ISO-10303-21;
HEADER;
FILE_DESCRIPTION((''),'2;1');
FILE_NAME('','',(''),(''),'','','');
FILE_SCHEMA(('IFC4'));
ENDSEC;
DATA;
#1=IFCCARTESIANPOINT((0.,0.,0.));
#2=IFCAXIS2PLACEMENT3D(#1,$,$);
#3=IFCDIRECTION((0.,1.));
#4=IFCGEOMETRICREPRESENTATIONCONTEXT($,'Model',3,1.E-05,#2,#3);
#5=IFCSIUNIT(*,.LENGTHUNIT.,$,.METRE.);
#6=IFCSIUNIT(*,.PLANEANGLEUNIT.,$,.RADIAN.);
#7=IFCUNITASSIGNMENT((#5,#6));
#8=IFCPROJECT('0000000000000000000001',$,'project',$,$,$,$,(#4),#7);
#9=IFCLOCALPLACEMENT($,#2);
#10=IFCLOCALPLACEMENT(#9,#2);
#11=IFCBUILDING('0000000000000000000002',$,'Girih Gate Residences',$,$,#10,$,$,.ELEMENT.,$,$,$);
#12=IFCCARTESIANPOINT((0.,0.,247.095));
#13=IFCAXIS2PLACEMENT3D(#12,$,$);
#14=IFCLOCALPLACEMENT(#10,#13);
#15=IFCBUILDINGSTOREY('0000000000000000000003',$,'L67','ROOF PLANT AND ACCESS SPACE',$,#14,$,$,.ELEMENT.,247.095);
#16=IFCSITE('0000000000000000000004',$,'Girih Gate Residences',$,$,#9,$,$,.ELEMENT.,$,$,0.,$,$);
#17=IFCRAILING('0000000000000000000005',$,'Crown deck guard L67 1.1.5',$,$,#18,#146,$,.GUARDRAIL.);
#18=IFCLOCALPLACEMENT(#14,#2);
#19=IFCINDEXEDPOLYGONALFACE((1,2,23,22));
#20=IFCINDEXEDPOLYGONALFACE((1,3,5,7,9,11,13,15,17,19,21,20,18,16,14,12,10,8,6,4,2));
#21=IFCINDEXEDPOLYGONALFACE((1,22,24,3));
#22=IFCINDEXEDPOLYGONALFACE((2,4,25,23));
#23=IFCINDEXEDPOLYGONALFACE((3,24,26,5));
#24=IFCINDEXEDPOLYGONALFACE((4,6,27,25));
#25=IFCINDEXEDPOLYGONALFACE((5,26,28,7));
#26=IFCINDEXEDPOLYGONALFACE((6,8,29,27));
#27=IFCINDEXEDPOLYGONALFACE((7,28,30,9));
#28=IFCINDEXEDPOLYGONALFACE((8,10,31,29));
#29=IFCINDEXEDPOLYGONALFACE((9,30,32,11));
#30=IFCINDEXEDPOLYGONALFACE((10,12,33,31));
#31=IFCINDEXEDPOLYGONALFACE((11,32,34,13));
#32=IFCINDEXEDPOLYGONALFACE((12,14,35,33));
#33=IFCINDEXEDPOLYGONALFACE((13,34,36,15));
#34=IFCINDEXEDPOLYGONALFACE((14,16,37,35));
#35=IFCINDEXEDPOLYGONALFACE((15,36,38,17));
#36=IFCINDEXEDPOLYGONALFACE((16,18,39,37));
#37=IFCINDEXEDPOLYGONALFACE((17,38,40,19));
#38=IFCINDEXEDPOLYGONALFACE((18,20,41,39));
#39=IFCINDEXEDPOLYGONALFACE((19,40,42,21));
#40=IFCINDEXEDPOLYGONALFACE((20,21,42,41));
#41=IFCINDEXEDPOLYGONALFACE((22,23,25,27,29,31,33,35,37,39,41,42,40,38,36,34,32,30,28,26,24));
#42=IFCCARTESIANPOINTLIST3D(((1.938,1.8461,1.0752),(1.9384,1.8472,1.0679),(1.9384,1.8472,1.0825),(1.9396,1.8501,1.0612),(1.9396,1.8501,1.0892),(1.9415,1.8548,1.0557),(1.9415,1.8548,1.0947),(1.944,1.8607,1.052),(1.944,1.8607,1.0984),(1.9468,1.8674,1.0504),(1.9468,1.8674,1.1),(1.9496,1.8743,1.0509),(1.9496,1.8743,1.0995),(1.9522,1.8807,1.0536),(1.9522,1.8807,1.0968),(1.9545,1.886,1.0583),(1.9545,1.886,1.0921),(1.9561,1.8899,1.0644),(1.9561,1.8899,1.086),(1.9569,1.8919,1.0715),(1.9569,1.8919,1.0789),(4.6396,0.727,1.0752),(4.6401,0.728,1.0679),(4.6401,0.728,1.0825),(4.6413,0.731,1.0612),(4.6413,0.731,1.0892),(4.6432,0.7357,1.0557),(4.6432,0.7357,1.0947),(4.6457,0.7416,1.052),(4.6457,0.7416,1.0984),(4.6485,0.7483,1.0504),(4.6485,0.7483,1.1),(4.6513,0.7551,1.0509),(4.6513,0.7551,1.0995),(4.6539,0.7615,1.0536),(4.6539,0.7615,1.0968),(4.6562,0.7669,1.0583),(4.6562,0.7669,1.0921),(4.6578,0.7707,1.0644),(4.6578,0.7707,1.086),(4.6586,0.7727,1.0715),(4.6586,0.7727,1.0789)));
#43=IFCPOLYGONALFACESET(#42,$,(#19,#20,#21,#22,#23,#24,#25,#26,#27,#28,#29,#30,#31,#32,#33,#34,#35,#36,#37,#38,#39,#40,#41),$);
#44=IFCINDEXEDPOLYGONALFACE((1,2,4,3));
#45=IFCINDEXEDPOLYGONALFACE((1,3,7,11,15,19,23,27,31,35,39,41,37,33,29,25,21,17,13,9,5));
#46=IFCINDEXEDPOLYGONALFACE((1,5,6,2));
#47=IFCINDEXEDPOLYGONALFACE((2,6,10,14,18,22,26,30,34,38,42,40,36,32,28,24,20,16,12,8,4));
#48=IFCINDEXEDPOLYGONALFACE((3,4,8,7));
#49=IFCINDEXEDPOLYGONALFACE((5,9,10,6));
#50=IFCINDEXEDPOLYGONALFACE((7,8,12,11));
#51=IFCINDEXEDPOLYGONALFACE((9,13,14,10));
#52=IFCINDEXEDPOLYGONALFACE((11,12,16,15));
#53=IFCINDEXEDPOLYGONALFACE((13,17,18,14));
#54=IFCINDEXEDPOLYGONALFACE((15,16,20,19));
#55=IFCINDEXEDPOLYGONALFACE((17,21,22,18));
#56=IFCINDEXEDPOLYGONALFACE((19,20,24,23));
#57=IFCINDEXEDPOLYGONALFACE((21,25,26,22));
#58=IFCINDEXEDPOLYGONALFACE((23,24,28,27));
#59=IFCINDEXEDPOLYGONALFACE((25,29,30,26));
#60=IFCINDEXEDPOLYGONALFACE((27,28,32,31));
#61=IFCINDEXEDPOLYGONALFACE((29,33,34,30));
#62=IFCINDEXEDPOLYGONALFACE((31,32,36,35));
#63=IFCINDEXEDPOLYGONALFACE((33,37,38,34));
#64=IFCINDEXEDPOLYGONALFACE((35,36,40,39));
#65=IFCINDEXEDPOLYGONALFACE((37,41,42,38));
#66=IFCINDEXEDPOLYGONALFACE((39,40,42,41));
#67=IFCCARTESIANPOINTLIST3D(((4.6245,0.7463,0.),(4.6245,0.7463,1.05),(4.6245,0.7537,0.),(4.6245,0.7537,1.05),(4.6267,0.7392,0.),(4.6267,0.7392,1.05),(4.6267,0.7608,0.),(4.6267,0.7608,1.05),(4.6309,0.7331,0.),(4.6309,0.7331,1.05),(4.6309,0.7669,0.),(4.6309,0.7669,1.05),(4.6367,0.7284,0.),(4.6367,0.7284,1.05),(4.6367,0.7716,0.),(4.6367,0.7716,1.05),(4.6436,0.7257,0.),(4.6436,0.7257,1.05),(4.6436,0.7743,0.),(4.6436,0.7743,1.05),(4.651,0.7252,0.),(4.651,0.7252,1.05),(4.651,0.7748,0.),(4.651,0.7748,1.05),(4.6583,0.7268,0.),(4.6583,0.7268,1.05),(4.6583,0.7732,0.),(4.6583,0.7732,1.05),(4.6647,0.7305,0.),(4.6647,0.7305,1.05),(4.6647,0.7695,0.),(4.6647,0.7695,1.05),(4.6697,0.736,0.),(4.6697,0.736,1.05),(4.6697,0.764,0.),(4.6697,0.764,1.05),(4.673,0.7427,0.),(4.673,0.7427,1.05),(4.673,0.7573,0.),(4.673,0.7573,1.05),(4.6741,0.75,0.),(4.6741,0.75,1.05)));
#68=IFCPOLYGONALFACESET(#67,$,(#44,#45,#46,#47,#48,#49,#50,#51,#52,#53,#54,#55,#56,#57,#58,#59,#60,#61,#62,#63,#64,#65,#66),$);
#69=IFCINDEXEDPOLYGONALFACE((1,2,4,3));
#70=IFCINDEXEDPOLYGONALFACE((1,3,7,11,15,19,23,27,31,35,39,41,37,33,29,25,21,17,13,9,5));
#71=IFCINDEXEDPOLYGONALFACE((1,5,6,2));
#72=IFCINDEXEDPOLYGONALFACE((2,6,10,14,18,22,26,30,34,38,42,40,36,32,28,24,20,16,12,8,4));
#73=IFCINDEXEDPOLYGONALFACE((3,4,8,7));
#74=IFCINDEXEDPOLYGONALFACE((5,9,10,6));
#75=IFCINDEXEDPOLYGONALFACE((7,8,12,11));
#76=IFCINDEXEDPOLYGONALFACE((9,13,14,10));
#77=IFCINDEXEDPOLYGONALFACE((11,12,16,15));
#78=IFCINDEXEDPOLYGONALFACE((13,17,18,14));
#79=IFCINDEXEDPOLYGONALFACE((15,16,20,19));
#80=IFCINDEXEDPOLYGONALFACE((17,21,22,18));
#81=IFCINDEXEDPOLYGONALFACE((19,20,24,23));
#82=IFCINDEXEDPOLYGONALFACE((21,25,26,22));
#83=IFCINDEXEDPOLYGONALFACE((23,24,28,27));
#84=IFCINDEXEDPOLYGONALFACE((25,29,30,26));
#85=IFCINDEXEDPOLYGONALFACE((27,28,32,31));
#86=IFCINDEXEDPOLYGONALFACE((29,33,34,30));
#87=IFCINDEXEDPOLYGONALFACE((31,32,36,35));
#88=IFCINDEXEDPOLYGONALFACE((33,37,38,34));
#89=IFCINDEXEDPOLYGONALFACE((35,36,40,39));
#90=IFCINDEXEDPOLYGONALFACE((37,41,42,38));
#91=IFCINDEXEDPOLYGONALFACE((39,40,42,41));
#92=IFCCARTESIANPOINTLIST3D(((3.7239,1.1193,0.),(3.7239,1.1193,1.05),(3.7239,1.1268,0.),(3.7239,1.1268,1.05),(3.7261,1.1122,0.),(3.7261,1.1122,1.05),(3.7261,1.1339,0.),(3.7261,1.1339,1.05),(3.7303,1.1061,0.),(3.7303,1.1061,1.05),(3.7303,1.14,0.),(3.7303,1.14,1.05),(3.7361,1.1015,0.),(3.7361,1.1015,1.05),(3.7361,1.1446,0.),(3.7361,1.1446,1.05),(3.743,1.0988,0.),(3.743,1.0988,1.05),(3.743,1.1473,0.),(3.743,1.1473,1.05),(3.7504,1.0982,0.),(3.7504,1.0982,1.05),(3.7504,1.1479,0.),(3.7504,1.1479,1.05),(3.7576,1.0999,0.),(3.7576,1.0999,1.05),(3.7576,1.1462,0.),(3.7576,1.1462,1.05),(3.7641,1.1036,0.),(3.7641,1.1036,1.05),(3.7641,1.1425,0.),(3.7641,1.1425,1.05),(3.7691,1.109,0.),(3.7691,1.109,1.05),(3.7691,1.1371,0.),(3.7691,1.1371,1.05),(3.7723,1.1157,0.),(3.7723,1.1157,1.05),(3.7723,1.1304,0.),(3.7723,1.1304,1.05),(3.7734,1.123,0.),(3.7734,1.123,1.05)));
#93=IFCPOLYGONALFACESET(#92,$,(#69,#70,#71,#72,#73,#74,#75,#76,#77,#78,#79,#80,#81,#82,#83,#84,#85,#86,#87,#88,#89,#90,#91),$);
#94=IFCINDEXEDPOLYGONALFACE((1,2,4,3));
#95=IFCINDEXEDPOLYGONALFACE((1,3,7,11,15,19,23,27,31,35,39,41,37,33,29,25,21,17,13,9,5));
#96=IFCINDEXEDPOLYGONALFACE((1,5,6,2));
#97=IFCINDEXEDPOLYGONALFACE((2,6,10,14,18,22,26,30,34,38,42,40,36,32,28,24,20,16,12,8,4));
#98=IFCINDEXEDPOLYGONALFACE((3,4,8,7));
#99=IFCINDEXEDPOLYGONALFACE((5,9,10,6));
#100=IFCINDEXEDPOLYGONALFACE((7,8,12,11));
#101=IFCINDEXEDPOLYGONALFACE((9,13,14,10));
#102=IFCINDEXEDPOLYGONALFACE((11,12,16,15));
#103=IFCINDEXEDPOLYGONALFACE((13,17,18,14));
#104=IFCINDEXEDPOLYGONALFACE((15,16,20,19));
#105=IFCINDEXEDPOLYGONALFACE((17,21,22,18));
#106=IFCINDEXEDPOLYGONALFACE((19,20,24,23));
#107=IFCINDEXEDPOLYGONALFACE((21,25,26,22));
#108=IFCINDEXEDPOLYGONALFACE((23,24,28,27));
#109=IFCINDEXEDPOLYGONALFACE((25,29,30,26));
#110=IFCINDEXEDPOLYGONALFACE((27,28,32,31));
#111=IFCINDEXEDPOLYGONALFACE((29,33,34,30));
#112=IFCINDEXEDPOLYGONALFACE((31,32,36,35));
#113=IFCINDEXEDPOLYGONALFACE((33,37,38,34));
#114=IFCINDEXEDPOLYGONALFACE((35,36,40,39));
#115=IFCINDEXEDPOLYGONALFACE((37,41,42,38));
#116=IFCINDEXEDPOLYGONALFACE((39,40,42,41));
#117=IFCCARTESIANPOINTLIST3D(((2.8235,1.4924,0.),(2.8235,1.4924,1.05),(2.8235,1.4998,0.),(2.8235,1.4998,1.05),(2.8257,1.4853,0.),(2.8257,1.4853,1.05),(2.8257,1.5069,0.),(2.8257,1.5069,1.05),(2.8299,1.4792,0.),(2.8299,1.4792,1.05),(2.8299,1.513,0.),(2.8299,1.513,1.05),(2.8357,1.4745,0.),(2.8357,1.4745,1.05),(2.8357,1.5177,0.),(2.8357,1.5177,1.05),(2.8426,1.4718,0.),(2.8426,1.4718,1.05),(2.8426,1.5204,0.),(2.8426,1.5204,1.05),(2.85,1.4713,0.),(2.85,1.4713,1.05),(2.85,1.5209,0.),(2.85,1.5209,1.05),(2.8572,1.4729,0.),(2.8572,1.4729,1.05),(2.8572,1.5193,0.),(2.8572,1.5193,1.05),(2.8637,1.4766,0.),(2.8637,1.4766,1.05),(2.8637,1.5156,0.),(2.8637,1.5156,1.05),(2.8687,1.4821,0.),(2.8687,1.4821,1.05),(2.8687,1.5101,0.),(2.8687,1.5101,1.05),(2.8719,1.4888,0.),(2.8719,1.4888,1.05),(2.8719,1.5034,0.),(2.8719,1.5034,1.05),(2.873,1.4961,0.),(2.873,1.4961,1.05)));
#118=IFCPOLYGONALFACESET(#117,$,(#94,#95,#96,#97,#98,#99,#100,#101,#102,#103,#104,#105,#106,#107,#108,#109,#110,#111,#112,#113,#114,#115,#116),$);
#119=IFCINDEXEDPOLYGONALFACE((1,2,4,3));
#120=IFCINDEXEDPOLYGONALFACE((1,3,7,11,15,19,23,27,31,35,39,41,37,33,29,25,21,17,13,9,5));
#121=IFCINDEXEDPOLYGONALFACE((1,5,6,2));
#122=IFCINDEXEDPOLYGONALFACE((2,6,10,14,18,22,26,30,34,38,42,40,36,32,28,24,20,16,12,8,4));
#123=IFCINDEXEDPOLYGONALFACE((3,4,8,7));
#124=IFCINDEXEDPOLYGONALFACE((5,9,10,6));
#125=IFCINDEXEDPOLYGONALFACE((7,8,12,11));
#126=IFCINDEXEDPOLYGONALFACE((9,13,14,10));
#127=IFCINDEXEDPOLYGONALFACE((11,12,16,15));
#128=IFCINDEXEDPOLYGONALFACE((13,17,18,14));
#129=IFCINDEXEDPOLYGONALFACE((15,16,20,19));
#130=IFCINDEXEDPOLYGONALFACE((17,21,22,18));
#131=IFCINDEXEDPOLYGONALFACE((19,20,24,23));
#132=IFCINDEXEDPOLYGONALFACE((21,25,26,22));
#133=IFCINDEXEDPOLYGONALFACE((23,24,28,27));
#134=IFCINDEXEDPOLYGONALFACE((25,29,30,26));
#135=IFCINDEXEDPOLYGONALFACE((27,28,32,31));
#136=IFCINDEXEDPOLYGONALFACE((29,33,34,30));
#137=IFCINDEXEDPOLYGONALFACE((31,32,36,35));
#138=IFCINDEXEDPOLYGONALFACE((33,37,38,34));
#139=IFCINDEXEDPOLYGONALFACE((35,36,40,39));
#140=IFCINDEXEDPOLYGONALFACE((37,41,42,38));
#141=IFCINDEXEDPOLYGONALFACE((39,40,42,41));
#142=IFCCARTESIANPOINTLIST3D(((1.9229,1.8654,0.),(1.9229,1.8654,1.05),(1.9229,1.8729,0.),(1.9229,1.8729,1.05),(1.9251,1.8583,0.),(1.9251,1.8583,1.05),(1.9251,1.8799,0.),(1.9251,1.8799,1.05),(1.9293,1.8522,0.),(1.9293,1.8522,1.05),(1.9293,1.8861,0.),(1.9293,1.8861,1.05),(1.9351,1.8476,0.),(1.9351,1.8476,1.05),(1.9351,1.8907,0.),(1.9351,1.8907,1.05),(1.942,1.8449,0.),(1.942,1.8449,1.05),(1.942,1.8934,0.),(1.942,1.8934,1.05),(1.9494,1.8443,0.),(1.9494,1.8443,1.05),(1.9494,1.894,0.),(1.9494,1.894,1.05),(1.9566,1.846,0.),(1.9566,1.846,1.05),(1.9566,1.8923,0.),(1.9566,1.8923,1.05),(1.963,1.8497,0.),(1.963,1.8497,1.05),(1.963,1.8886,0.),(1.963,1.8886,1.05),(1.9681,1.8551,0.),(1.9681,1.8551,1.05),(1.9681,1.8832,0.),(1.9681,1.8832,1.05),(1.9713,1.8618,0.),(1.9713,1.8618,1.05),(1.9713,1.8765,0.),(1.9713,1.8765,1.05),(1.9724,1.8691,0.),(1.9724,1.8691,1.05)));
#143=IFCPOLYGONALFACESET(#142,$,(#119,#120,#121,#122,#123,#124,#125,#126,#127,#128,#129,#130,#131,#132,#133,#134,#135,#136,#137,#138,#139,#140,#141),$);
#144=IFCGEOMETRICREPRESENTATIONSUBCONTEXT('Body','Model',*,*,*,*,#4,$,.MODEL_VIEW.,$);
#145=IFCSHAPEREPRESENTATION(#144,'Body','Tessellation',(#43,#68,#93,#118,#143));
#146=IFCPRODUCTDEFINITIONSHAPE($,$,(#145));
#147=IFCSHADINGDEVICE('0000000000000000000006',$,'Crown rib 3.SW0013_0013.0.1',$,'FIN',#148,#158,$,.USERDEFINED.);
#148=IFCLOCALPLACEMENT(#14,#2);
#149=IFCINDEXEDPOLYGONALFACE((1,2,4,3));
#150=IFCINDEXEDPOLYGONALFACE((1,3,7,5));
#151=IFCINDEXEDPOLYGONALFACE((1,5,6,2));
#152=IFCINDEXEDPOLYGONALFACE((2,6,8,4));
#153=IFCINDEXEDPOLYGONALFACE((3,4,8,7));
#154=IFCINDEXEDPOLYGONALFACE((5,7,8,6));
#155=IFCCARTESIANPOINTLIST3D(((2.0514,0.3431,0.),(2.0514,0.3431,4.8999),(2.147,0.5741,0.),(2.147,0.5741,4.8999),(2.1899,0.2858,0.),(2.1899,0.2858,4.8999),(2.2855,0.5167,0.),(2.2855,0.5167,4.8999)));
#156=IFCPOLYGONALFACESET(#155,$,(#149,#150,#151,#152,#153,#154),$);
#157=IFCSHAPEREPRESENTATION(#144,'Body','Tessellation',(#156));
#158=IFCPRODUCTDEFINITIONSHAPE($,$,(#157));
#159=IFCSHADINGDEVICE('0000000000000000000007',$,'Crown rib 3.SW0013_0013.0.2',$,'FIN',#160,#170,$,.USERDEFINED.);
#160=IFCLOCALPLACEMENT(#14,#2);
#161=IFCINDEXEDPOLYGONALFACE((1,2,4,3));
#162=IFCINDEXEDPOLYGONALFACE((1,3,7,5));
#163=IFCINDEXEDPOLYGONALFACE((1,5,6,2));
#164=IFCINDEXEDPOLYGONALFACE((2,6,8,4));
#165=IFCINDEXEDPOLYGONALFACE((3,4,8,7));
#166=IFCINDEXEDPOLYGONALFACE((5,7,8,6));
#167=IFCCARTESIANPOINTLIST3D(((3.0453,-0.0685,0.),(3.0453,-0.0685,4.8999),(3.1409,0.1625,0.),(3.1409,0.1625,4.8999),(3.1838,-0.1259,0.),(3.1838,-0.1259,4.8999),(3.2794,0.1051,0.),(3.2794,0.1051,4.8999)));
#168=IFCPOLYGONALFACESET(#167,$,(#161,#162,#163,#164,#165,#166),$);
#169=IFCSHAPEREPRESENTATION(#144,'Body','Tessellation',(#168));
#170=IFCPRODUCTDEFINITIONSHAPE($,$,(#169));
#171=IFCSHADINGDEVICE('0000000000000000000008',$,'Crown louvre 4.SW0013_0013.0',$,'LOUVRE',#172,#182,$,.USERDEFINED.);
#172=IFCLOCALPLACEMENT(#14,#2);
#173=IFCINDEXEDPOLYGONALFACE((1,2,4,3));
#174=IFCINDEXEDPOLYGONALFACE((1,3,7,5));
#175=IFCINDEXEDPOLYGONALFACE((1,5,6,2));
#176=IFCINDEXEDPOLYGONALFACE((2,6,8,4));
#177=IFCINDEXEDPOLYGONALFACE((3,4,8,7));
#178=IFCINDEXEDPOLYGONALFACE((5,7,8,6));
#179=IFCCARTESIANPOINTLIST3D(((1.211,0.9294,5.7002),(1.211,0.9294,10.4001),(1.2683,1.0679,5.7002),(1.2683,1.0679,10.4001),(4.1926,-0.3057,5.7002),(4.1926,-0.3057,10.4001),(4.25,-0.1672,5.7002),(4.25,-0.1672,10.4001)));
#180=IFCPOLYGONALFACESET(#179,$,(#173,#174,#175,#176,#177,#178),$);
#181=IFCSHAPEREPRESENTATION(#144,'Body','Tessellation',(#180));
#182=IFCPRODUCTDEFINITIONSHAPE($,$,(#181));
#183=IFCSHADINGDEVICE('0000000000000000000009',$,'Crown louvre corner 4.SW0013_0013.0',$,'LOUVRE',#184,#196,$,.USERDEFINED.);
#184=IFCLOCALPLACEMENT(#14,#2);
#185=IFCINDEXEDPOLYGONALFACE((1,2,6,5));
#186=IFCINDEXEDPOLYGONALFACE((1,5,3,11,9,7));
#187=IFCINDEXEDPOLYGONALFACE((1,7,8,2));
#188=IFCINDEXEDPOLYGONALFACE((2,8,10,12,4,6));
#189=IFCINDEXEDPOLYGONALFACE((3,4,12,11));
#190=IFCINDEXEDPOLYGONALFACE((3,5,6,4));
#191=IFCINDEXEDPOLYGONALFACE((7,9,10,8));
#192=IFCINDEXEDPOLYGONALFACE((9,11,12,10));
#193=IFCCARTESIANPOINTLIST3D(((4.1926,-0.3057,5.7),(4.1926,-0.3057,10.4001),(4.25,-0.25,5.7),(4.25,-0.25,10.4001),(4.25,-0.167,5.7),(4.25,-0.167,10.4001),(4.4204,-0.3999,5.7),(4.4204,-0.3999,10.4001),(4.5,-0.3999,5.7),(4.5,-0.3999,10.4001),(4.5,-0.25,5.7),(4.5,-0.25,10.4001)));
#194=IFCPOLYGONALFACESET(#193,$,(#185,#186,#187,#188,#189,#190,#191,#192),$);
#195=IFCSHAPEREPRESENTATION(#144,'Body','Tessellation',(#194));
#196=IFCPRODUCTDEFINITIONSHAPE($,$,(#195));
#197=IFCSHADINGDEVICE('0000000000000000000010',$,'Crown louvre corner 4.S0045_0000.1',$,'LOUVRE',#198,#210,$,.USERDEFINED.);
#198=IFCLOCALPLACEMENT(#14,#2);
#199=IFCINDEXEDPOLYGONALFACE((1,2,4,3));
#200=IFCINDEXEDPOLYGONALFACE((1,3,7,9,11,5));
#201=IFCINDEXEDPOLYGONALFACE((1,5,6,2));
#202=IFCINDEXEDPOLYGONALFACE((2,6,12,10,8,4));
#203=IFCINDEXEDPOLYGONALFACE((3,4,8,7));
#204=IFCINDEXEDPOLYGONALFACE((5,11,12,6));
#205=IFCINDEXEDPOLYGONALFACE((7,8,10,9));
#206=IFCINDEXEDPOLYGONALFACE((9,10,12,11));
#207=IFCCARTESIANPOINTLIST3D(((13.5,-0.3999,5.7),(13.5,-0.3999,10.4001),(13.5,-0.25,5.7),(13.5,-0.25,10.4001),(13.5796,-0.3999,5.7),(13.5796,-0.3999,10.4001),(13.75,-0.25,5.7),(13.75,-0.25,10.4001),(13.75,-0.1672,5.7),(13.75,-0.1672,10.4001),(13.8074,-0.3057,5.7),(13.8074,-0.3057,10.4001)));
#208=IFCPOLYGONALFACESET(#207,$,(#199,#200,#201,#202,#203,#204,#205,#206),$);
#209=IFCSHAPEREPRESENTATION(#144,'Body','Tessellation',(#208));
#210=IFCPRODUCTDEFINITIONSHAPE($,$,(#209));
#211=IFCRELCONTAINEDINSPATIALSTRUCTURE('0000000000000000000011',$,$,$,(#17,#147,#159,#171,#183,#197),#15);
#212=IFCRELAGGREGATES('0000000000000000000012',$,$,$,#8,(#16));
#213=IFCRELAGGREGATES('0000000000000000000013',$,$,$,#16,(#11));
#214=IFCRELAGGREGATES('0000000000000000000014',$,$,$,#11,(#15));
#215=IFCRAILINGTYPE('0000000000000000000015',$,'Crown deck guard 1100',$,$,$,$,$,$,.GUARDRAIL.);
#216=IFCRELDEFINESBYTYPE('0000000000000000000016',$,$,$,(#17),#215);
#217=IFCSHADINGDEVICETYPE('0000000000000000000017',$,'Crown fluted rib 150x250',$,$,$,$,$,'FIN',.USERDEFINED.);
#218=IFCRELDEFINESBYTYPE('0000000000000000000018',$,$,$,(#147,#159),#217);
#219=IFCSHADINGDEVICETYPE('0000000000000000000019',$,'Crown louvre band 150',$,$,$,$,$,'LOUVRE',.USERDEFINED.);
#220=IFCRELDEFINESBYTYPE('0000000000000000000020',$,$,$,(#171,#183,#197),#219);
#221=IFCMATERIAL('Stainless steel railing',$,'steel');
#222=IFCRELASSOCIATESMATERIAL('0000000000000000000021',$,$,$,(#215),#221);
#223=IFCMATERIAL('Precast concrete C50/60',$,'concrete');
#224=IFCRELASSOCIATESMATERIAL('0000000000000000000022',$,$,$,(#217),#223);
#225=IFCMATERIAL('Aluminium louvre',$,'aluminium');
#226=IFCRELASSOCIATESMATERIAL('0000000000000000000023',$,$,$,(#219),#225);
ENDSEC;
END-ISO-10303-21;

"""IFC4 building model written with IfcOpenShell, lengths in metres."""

from ifc_helpers import new_model, si_unit, direction, frame, origin, origin_2d, place, context, subcontext, project, spatial, polyline, rectangle, circle, outline, extrude, material, type_object, element, save


model = new_model("IFC4")

# Units and contexts
model_context = context("Model", 3, precision=1e-05, world=origin(), true_north=direction((0.0, 1.0)))
body_context = subcontext(model_context, "Body", "Model", "MODEL_VIEW")
ifc_project = project(units=[si_unit("LENGTHUNIT", "METRE"), si_unit("PLANEANGLEUNIT", "RADIAN")], contexts=[model_context])

# Site, building, storey
site_placement = place(None, origin())
site = spatial("IfcSite", under=ifc_project, at=site_placement, Name="Girih Gate Residences", CompositionType="ELEMENT", RefElevation=0.0)
building_placement = place(site_placement, origin())
building = spatial("IfcBuilding", under=site, at=building_placement, Name="Girih Gate Residences", CompositionType="ELEMENT")
storey_placement = place(building_placement, frame((0.0, 0.0, 247.095)))
storey = spatial("IfcBuildingStorey", under=building, at=storey_placement, Name="L67", Description="ROOF PLANT AND ACCESS SPACE", CompositionType="ELEMENT", Elevation=247.095)

# Railing
ifc_material_1 = material(Name="Stainless steel railing", Category="steel")
railing_type = type_object("IfcRailingType", Name="Crown deck guard 1100", PredefinedType="GUARDRAIL", material=ifc_material_1)
railing_placement = place(storey_placement, frame((4.6492, 0.75, 0.0)))
element("IfcRailing", 1, at=railing_placement, inside=storey, type_object=railing_type, Name="Crown deck guard L67 1.1.5", PredefinedType="GUARDRAIL", context=body_context, shape_type="SweptSolid", body=[
    extrude(circle(Radius=0.0249, at=origin_2d()), frame((0.0, 0.0, 1.0752), z_axis=(-0.92387, 0.382706, 0.0), x_axis=(-0.382706, -0.92387, 0.0)), (0.0, 0.0, 1.0), 2.9243),
    extrude(circle(Radius=0.0249, at=origin_2d()), origin(), (0.0, 0.0, 1.0), 1.05),
    extrude(circle(Radius=0.0249, at=origin_2d()), frame((-0.9006, 0.373, 0.0)), (0.0, 0.0, 1.0), 1.05),
    extrude(circle(Radius=0.0249, at=origin_2d()), frame((-1.801, 0.7461, 0.0)), (0.0, 0.0, 1.0), 1.05),
    extrude(circle(Radius=0.0249, at=origin_2d()), frame((-2.7017, 1.1191, 0.0)), (0.0, 0.0, 1.0), 1.05),
])

# Shading devices
ifc_material_2 = material(Name="Precast concrete C50/60", Category="concrete")
shading_device_type_1 = type_object("IfcShadingDeviceType", Name="Crown fluted rib 150x250", ElementType="FIN", PredefinedType="USERDEFINED", material=ifc_material_2)
for number, where, z_axis, x_axis, name in (
    (2, (2.1685, 0.4299, 0.0), (0.0, 0.0, 1.0), (0.92388, -0.382683, 0.0), "Crown rib 3.SW0013_0013.0.1"),
    (3, (3.1624, 0.0183, 0.0), (0.0, 0.0, 1.0), (0.92388, -0.382683, 0.0), "Crown rib 3.SW0013_0013.0.2"),
):
    element("IfcShadingDevice", number, at=place(storey_placement, frame(where, z_axis=z_axis, x_axis=x_axis)), inside=storey, type_object=shading_device_type_1, Name=name, ObjectType="FIN", PredefinedType="USERDEFINED", context=body_context, shape_type="SweptSolid", body=[
        extrude(rectangle(XDim=0.1499, YDim=0.25, at=origin_2d()), origin(), (0.0, 0.0, 1.0), 4.8999),
    ])
ifc_material_3 = material(Name="Aluminium louvre", Category="aluminium")
shading_device_type_2 = type_object("IfcShadingDeviceType", Name="Crown louvre band 150", ElementType="LOUVRE", PredefinedType="USERDEFINED", material=ifc_material_3)
shading_device_1_placement = place(storey_placement, frame((2.7305, 0.3811, 5.7002), z_axis=(0.0, 0.0, 1.0), x_axis=(0.92388, -0.382683, 0.0)))
element("IfcShadingDevice", 4, at=shading_device_1_placement, inside=storey, type_object=shading_device_type_2, Name="Crown louvre 4.SW0013_0013.0", ObjectType="LOUVRE", PredefinedType="USERDEFINED", context=body_context, shape_type="SweptSolid", body=[
    extrude(rectangle(XDim=3.2273, YDim=0.1499, at=origin_2d()), origin(), (0.0, 0.0, 1.0), 4.7),
])
shading_device_2_placement = place(storey_placement, frame((0.0, 0.0, 5.7)))
element("IfcShadingDevice", 5, at=shading_device_2_placement, inside=storey, type_object=shading_device_type_2, Name="Crown louvre corner 4.SW0013_0013.0", ObjectType="LOUVRE", PredefinedType="USERDEFINED", context=body_context, shape_type="SweptSolid", body=[
    extrude(outline(polyline([(4.4204, -0.3999), (4.1926, -0.3057), (4.25, -0.167), (4.25, -0.25), (4.5, -0.25), (4.5, -0.3999), (4.4204, -0.3999)])), origin(), (0.0, 0.0, 1.0), 4.7002),
])
shading_device_3_placement = place(storey_placement, frame((0.0, 0.0, 5.7)))
element("IfcShadingDevice", 6, at=shading_device_3_placement, inside=storey, type_object=shading_device_type_2, Name="Crown louvre corner 4.S0045_0000.1", ObjectType="LOUVRE", PredefinedType="USERDEFINED", context=body_context, shape_type="SweptSolid", body=[
    extrude(outline(polyline([(13.5796, -0.3999), (13.5, -0.3999), (13.5, -0.25), (13.75, -0.25), (13.75, -0.1672), (13.8074, -0.3057), (13.5796, -0.3999)])), origin(), (0.0, 0.0, 1.0), 4.7002),
])

save(model, "model.ifc")
